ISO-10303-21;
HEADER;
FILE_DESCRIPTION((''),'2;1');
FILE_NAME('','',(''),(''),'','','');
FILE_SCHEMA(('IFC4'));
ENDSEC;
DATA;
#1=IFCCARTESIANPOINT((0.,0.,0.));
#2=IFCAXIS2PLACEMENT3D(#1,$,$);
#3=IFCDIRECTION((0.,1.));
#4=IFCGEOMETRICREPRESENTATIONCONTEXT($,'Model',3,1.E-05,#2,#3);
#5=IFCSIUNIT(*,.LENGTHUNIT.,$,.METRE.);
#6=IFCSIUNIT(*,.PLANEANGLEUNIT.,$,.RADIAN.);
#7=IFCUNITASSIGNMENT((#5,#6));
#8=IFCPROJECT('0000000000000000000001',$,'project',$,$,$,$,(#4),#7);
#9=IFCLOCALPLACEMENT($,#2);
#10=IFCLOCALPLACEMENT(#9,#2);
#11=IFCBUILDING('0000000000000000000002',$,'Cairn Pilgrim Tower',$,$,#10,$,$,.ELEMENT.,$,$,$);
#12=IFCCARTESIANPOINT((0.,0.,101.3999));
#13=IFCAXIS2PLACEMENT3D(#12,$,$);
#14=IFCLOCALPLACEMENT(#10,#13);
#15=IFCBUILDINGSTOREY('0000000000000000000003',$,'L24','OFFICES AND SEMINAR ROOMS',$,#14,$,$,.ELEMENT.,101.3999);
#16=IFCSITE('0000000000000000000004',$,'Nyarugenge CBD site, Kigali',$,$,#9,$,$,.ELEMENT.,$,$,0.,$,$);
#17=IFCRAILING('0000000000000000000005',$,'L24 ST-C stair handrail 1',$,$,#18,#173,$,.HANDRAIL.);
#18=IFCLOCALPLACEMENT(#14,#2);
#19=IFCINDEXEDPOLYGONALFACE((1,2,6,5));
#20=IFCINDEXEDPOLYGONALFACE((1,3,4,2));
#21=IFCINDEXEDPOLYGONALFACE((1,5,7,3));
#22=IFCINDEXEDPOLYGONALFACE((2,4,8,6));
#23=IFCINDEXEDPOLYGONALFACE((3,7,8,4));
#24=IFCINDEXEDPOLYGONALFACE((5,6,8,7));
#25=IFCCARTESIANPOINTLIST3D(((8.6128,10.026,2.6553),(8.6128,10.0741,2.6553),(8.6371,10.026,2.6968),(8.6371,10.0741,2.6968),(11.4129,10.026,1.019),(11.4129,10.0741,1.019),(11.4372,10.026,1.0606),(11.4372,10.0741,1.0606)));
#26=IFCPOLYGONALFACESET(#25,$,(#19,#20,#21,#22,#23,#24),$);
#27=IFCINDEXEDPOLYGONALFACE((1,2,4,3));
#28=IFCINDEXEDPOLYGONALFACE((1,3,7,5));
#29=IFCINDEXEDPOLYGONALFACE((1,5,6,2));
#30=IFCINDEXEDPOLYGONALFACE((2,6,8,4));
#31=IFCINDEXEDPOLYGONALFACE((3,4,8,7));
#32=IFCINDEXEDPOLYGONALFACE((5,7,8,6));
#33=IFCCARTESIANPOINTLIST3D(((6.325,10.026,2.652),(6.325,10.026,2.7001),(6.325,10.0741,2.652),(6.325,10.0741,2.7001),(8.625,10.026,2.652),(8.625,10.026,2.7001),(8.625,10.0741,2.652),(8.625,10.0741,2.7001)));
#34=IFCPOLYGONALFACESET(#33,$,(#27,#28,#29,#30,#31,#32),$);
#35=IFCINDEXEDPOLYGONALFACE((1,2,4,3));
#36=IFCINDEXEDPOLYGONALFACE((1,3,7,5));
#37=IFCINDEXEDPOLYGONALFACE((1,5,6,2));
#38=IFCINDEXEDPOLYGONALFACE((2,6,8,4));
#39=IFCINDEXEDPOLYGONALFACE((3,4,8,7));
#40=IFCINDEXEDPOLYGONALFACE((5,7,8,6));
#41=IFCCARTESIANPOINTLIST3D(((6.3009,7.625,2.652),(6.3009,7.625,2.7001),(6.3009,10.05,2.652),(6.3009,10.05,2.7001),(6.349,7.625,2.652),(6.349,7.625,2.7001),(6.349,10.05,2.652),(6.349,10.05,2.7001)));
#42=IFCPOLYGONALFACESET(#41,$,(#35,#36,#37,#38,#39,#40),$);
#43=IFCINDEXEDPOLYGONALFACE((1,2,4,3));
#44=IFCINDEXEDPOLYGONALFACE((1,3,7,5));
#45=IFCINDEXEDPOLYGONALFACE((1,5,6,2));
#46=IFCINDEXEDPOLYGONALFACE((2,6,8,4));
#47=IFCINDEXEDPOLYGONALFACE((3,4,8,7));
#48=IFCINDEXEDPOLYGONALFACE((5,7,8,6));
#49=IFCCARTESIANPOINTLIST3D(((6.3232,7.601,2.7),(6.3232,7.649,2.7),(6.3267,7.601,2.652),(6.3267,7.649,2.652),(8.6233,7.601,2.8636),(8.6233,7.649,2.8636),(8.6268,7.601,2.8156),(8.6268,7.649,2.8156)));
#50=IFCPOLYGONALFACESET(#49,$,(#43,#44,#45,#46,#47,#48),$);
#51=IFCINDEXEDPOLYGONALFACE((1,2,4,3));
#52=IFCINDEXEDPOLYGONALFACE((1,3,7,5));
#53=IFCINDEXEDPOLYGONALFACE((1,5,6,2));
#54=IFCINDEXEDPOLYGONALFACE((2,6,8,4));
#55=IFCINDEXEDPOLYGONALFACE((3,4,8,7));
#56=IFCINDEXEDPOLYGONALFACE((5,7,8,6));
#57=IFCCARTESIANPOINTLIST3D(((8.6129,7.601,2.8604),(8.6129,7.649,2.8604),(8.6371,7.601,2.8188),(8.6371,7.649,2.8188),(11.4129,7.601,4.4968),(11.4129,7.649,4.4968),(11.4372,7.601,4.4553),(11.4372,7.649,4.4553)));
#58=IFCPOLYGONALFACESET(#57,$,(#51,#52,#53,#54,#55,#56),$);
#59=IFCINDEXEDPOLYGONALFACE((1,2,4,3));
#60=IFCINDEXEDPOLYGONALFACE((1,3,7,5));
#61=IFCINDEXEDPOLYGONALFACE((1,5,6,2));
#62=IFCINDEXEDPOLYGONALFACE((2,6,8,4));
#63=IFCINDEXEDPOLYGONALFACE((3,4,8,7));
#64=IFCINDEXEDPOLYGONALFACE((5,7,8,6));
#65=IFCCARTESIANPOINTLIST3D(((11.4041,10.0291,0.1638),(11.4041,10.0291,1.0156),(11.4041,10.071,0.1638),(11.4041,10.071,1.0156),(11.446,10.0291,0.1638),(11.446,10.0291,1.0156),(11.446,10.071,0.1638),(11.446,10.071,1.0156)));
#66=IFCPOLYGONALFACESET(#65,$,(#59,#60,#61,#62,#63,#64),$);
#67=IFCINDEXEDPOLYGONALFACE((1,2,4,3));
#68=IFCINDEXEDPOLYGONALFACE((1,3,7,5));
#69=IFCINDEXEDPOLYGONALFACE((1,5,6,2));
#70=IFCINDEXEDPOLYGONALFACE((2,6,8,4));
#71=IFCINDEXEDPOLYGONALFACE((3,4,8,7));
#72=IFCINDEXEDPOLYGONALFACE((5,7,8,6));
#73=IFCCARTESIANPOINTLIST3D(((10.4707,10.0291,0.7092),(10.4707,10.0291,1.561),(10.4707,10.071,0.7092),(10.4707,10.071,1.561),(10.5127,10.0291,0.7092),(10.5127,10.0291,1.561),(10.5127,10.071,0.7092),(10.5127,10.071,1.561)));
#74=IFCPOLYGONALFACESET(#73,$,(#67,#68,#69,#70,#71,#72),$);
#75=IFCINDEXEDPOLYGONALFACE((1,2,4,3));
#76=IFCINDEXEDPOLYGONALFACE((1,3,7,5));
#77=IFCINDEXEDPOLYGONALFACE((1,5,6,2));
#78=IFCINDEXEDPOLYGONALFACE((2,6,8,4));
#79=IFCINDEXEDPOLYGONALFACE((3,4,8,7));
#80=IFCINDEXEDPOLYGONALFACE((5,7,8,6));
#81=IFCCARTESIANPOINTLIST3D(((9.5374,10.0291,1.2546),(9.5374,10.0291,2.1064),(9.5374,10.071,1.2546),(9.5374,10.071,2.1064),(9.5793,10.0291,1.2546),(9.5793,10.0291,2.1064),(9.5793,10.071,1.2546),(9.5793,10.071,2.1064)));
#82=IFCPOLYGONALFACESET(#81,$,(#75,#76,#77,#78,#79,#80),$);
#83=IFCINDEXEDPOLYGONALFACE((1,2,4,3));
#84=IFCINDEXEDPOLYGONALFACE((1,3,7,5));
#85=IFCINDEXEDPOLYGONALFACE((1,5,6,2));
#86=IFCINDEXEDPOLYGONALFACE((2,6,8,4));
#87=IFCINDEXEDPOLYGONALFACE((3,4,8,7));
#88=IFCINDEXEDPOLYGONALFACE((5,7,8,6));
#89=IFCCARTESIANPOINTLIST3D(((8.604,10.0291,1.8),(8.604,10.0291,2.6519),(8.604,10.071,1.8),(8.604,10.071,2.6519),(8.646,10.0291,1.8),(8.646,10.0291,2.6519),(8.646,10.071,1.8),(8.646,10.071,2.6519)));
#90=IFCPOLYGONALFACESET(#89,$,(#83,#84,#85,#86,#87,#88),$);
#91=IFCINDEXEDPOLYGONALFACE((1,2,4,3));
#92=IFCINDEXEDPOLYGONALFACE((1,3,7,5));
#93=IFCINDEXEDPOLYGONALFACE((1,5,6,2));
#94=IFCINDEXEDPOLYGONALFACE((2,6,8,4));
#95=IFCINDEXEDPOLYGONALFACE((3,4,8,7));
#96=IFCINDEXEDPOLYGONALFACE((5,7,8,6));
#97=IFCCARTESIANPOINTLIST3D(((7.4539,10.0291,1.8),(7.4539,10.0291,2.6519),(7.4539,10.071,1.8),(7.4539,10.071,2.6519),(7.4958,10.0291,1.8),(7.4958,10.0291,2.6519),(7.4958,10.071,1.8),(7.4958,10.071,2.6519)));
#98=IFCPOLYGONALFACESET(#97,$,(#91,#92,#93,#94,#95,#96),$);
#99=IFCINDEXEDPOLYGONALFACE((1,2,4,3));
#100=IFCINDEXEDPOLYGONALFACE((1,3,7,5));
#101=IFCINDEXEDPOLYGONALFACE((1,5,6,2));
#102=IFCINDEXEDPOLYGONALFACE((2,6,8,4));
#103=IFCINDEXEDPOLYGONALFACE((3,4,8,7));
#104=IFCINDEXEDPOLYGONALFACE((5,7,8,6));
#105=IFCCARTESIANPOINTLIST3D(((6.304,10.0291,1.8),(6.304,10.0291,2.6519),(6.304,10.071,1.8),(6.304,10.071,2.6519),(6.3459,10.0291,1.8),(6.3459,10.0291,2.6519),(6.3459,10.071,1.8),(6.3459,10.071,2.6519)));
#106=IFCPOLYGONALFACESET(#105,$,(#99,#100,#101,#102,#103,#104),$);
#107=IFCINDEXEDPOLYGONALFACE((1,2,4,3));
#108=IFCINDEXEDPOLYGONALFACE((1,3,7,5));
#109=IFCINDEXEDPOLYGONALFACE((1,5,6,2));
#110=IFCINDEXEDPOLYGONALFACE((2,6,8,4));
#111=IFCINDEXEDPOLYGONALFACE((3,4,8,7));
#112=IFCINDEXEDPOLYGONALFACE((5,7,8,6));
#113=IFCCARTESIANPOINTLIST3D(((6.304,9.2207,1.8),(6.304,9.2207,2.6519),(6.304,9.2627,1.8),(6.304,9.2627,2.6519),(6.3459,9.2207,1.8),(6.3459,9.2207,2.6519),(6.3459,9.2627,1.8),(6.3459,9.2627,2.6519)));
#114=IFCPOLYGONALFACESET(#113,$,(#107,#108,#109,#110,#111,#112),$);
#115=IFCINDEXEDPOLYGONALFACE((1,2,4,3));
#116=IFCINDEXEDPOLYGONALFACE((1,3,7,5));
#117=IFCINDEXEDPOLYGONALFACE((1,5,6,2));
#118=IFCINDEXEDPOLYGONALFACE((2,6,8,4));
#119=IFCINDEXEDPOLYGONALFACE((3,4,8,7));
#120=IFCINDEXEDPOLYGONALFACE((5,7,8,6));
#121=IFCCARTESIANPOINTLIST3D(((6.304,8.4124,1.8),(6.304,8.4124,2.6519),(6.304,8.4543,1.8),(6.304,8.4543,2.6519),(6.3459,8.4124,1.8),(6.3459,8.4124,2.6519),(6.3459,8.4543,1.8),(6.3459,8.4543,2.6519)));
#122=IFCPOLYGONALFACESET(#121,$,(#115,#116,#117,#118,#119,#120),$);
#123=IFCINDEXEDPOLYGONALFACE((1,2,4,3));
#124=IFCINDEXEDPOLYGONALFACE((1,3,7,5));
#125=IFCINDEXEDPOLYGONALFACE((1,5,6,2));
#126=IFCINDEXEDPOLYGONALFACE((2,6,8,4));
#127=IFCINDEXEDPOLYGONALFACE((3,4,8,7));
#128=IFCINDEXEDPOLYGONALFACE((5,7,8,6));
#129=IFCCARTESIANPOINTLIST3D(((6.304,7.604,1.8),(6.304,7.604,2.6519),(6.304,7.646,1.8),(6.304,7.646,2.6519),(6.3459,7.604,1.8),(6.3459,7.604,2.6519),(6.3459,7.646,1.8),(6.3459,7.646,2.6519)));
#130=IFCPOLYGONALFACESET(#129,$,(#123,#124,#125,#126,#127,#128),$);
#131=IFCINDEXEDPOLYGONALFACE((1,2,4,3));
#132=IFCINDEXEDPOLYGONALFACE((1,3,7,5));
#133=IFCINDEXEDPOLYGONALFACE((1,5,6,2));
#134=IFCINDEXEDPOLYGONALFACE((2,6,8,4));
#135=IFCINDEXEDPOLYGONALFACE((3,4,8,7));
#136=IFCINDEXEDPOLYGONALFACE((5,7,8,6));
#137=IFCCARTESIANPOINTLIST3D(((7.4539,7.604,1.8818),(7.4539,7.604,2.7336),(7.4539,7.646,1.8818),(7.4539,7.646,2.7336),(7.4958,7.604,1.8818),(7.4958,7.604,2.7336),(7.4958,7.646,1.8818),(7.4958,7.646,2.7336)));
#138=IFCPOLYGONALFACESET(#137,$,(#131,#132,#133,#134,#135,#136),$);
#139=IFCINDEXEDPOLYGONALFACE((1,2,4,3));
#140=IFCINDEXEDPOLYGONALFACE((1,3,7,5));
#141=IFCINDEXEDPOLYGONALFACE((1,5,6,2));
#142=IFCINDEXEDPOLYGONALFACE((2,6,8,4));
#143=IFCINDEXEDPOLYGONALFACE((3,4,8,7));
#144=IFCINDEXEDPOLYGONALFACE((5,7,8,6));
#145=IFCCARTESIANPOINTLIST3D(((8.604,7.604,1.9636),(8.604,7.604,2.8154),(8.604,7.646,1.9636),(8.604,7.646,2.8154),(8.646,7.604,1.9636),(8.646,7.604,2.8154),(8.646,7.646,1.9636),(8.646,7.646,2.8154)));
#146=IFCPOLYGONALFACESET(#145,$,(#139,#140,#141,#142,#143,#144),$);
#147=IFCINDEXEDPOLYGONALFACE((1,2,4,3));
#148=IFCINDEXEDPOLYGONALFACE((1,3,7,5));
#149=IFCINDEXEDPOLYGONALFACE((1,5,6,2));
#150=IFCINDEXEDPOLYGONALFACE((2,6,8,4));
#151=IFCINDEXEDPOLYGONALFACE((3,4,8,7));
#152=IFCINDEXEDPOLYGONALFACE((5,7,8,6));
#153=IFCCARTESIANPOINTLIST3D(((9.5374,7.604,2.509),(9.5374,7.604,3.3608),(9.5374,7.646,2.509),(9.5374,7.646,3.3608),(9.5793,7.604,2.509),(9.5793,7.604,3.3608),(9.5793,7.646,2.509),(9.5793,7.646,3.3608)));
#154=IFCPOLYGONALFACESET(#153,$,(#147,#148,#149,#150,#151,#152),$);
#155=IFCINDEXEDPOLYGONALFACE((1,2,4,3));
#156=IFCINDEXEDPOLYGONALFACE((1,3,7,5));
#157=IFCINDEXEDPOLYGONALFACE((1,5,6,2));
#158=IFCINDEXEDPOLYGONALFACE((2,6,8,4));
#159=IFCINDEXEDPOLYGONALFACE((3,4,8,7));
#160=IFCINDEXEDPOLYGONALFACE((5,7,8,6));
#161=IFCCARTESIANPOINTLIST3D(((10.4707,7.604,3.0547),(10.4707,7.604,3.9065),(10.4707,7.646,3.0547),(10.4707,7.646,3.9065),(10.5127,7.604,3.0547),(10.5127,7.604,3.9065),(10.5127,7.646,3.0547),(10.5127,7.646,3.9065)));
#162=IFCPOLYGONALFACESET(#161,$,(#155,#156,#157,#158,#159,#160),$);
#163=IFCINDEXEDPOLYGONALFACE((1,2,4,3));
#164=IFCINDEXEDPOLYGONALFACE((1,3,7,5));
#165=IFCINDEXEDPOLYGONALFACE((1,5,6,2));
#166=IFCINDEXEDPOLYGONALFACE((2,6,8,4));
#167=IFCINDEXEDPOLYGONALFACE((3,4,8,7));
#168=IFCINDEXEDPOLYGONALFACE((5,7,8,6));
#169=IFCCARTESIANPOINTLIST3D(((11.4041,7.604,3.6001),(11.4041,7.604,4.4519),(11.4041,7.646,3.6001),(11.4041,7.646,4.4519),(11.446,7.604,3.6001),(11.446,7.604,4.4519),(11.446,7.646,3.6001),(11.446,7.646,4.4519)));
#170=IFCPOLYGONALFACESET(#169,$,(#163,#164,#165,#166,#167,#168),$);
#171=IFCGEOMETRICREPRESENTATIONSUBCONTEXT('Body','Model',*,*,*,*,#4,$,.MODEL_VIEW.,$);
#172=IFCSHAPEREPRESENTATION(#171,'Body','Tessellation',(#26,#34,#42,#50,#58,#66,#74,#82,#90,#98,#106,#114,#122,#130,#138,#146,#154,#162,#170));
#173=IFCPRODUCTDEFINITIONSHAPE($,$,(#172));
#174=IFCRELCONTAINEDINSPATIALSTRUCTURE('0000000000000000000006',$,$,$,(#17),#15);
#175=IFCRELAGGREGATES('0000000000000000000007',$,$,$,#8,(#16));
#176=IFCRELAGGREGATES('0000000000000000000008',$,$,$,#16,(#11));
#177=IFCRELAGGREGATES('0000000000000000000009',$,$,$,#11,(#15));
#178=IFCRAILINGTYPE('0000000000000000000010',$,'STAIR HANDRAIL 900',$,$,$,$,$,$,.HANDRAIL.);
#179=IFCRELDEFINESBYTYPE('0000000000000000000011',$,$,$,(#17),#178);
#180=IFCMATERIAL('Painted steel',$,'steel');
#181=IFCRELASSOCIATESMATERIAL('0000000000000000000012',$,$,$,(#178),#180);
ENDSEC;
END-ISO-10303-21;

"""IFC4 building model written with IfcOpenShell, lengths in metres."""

from ifc_helpers import new_model, si_unit, direction, frame, origin, origin_2d, place, context, subcontext, project, spatial, rectangle, extrude, material, type_object, element, save


model = new_model("IFC4")

# Units and contexts
model_context = context("Model", 3, precision=1e-05, world=origin(), true_north=direction((0.0, 1.0)))
body_context = subcontext(model_context, "Body", "Model", "MODEL_VIEW")
ifc_project = project(units=[si_unit("LENGTHUNIT", "METRE"), si_unit("PLANEANGLEUNIT", "RADIAN")], contexts=[model_context])

# Site, building, storey
site_placement = place(None, origin())
site = spatial("IfcSite", under=ifc_project, at=site_placement, Name="Nyarugenge CBD site, Kigali", CompositionType="ELEMENT", RefElevation=0.0)
building_placement = place(site_placement, origin())
building = spatial("IfcBuilding", under=site, at=building_placement, Name="Cairn Pilgrim Tower", CompositionType="ELEMENT")
storey_placement = place(building_placement, frame((0.0, 0.0, 101.3999)))
storey = spatial("IfcBuildingStorey", under=building, at=storey_placement, Name="L24", Description="OFFICES AND SEMINAR ROOMS", CompositionType="ELEMENT", Elevation=101.3999)

# Shared definitions
ifc_material_1 = material(Name="Painted steel", Category="steel")

# Railing
railing_type_1 = type_object("IfcRailingType", Name="STAIR HANDRAIL 900", PredefinedType="HANDRAIL", material=ifc_material_1)
railing_1_placement = place(storey_placement, frame((11.425, 10.05, 0.1638)))
element("IfcRailing", 1, at=railing_1_placement, inside=storey, type_object=railing_type_1, Name="L24 ST-C stair handrail 1", PredefinedType="HANDRAIL", context=body_context, shape_type="SweptSolid", body=[
    extrude(rectangle(XDim=0.0481, YDim=0.0481, at=origin_2d()), frame((0.0, 0.0, 0.876), z_axis=(-0.863394, 0.0, 0.504531), x_axis=(0.0, -1.0, 0.0)), (0.0, 0.0, 1.0), 3.2432),
    extrude(rectangle(XDim=0.0481, YDim=0.0481, at=origin_2d()), frame((-2.8, 0.0, 2.5122), z_axis=(-1.0, 0.0, 0.0), x_axis=(0.0, -1.0, 0.0)), (0.0, 0.0, 1.0), 2.3),
    extrude(rectangle(XDim=0.0481, YDim=0.0481, at=origin_2d()), frame((-5.1001, 0.0, 2.5122), z_axis=(0.0, -1.0, 0.0), x_axis=(1.0, 0.0, 0.0)), (0.0, 0.0, 1.0), 2.425),
    extrude(rectangle(XDim=0.0481, YDim=0.0481, at=origin_2d()), frame((-5.1001, -2.425, 2.5122), z_axis=(0.997481, 0.0, 0.070939), x_axis=(0.0, 1.0, 0.0)), (0.0, 0.0, 1.0), 2.3059),
    extrude(rectangle(XDim=0.0481, YDim=0.0481, at=origin_2d()), frame((-2.8, -2.425, 2.6758), z_axis=(0.863361, 0.0, 0.504587), x_axis=(0.0, 1.0, 0.0)), (0.0, 0.0, 1.0), 3.2432),
    extrude(rectangle(XDim=0.042, YDim=0.042, at=origin_2d()), origin(), (0.0, 0.0, 1.0), 0.8518),
    extrude(rectangle(XDim=0.042, YDim=0.042, at=origin_2d()), frame((-0.9333, 0.0, 0.5454)), (0.0, 0.0, 1.0), 0.8518),
    extrude(rectangle(XDim=0.042, YDim=0.042, at=origin_2d()), frame((-1.8667, 0.0, 1.0908)), (0.0, 0.0, 1.0), 0.8518),
    extrude(rectangle(XDim=0.042, YDim=0.042, at=origin_2d()), frame((-2.8, 0.0, 1.6362)), (0.0, 0.0, 1.0), 0.8518),
    extrude(rectangle(XDim=0.042, YDim=0.042, at=origin_2d()), frame((-3.9502, 0.0, 1.6362)), (0.0, 0.0, 1.0), 0.8518),
    extrude(rectangle(XDim=0.042, YDim=0.042, at=origin_2d()), frame((-5.1001, 0.0, 1.6362)), (0.0, 0.0, 1.0), 0.8518),
    extrude(rectangle(XDim=0.042, YDim=0.042, at=origin_2d()), frame((-5.1001, -0.8083, 1.6362)), (0.0, 0.0, 1.0), 0.8518),
    extrude(rectangle(XDim=0.042, YDim=0.042, at=origin_2d()), frame((-5.1001, -1.6167, 1.6362)), (0.0, 0.0, 1.0), 0.8518),
    extrude(rectangle(XDim=0.042, YDim=0.042, at=origin_2d()), frame((-5.1001, -2.425, 1.6362)), (0.0, 0.0, 1.0), 0.8518),
    extrude(rectangle(XDim=0.042, YDim=0.042, at=origin_2d()), frame((-3.9502, -2.425, 1.718)), (0.0, 0.0, 1.0), 0.8518),
    extrude(rectangle(XDim=0.042, YDim=0.042, at=origin_2d()), frame((-2.8, -2.425, 1.7998)), (0.0, 0.0, 1.0), 0.8518),
    extrude(rectangle(XDim=0.042, YDim=0.042, at=origin_2d()), frame((-1.8667, -2.425, 2.3452)), (0.0, 0.0, 1.0), 0.8518),
    extrude(rectangle(XDim=0.042, YDim=0.042, at=origin_2d()), frame((-0.9333, -2.425, 2.8909)), (0.0, 0.0, 1.0), 0.8518),
    extrude(rectangle(XDim=0.042, YDim=0.042, at=origin_2d()), frame((0.0, -2.425, 3.4363)), (0.0, 0.0, 1.0), 0.8518),
])

save(model, "model.ifc")
